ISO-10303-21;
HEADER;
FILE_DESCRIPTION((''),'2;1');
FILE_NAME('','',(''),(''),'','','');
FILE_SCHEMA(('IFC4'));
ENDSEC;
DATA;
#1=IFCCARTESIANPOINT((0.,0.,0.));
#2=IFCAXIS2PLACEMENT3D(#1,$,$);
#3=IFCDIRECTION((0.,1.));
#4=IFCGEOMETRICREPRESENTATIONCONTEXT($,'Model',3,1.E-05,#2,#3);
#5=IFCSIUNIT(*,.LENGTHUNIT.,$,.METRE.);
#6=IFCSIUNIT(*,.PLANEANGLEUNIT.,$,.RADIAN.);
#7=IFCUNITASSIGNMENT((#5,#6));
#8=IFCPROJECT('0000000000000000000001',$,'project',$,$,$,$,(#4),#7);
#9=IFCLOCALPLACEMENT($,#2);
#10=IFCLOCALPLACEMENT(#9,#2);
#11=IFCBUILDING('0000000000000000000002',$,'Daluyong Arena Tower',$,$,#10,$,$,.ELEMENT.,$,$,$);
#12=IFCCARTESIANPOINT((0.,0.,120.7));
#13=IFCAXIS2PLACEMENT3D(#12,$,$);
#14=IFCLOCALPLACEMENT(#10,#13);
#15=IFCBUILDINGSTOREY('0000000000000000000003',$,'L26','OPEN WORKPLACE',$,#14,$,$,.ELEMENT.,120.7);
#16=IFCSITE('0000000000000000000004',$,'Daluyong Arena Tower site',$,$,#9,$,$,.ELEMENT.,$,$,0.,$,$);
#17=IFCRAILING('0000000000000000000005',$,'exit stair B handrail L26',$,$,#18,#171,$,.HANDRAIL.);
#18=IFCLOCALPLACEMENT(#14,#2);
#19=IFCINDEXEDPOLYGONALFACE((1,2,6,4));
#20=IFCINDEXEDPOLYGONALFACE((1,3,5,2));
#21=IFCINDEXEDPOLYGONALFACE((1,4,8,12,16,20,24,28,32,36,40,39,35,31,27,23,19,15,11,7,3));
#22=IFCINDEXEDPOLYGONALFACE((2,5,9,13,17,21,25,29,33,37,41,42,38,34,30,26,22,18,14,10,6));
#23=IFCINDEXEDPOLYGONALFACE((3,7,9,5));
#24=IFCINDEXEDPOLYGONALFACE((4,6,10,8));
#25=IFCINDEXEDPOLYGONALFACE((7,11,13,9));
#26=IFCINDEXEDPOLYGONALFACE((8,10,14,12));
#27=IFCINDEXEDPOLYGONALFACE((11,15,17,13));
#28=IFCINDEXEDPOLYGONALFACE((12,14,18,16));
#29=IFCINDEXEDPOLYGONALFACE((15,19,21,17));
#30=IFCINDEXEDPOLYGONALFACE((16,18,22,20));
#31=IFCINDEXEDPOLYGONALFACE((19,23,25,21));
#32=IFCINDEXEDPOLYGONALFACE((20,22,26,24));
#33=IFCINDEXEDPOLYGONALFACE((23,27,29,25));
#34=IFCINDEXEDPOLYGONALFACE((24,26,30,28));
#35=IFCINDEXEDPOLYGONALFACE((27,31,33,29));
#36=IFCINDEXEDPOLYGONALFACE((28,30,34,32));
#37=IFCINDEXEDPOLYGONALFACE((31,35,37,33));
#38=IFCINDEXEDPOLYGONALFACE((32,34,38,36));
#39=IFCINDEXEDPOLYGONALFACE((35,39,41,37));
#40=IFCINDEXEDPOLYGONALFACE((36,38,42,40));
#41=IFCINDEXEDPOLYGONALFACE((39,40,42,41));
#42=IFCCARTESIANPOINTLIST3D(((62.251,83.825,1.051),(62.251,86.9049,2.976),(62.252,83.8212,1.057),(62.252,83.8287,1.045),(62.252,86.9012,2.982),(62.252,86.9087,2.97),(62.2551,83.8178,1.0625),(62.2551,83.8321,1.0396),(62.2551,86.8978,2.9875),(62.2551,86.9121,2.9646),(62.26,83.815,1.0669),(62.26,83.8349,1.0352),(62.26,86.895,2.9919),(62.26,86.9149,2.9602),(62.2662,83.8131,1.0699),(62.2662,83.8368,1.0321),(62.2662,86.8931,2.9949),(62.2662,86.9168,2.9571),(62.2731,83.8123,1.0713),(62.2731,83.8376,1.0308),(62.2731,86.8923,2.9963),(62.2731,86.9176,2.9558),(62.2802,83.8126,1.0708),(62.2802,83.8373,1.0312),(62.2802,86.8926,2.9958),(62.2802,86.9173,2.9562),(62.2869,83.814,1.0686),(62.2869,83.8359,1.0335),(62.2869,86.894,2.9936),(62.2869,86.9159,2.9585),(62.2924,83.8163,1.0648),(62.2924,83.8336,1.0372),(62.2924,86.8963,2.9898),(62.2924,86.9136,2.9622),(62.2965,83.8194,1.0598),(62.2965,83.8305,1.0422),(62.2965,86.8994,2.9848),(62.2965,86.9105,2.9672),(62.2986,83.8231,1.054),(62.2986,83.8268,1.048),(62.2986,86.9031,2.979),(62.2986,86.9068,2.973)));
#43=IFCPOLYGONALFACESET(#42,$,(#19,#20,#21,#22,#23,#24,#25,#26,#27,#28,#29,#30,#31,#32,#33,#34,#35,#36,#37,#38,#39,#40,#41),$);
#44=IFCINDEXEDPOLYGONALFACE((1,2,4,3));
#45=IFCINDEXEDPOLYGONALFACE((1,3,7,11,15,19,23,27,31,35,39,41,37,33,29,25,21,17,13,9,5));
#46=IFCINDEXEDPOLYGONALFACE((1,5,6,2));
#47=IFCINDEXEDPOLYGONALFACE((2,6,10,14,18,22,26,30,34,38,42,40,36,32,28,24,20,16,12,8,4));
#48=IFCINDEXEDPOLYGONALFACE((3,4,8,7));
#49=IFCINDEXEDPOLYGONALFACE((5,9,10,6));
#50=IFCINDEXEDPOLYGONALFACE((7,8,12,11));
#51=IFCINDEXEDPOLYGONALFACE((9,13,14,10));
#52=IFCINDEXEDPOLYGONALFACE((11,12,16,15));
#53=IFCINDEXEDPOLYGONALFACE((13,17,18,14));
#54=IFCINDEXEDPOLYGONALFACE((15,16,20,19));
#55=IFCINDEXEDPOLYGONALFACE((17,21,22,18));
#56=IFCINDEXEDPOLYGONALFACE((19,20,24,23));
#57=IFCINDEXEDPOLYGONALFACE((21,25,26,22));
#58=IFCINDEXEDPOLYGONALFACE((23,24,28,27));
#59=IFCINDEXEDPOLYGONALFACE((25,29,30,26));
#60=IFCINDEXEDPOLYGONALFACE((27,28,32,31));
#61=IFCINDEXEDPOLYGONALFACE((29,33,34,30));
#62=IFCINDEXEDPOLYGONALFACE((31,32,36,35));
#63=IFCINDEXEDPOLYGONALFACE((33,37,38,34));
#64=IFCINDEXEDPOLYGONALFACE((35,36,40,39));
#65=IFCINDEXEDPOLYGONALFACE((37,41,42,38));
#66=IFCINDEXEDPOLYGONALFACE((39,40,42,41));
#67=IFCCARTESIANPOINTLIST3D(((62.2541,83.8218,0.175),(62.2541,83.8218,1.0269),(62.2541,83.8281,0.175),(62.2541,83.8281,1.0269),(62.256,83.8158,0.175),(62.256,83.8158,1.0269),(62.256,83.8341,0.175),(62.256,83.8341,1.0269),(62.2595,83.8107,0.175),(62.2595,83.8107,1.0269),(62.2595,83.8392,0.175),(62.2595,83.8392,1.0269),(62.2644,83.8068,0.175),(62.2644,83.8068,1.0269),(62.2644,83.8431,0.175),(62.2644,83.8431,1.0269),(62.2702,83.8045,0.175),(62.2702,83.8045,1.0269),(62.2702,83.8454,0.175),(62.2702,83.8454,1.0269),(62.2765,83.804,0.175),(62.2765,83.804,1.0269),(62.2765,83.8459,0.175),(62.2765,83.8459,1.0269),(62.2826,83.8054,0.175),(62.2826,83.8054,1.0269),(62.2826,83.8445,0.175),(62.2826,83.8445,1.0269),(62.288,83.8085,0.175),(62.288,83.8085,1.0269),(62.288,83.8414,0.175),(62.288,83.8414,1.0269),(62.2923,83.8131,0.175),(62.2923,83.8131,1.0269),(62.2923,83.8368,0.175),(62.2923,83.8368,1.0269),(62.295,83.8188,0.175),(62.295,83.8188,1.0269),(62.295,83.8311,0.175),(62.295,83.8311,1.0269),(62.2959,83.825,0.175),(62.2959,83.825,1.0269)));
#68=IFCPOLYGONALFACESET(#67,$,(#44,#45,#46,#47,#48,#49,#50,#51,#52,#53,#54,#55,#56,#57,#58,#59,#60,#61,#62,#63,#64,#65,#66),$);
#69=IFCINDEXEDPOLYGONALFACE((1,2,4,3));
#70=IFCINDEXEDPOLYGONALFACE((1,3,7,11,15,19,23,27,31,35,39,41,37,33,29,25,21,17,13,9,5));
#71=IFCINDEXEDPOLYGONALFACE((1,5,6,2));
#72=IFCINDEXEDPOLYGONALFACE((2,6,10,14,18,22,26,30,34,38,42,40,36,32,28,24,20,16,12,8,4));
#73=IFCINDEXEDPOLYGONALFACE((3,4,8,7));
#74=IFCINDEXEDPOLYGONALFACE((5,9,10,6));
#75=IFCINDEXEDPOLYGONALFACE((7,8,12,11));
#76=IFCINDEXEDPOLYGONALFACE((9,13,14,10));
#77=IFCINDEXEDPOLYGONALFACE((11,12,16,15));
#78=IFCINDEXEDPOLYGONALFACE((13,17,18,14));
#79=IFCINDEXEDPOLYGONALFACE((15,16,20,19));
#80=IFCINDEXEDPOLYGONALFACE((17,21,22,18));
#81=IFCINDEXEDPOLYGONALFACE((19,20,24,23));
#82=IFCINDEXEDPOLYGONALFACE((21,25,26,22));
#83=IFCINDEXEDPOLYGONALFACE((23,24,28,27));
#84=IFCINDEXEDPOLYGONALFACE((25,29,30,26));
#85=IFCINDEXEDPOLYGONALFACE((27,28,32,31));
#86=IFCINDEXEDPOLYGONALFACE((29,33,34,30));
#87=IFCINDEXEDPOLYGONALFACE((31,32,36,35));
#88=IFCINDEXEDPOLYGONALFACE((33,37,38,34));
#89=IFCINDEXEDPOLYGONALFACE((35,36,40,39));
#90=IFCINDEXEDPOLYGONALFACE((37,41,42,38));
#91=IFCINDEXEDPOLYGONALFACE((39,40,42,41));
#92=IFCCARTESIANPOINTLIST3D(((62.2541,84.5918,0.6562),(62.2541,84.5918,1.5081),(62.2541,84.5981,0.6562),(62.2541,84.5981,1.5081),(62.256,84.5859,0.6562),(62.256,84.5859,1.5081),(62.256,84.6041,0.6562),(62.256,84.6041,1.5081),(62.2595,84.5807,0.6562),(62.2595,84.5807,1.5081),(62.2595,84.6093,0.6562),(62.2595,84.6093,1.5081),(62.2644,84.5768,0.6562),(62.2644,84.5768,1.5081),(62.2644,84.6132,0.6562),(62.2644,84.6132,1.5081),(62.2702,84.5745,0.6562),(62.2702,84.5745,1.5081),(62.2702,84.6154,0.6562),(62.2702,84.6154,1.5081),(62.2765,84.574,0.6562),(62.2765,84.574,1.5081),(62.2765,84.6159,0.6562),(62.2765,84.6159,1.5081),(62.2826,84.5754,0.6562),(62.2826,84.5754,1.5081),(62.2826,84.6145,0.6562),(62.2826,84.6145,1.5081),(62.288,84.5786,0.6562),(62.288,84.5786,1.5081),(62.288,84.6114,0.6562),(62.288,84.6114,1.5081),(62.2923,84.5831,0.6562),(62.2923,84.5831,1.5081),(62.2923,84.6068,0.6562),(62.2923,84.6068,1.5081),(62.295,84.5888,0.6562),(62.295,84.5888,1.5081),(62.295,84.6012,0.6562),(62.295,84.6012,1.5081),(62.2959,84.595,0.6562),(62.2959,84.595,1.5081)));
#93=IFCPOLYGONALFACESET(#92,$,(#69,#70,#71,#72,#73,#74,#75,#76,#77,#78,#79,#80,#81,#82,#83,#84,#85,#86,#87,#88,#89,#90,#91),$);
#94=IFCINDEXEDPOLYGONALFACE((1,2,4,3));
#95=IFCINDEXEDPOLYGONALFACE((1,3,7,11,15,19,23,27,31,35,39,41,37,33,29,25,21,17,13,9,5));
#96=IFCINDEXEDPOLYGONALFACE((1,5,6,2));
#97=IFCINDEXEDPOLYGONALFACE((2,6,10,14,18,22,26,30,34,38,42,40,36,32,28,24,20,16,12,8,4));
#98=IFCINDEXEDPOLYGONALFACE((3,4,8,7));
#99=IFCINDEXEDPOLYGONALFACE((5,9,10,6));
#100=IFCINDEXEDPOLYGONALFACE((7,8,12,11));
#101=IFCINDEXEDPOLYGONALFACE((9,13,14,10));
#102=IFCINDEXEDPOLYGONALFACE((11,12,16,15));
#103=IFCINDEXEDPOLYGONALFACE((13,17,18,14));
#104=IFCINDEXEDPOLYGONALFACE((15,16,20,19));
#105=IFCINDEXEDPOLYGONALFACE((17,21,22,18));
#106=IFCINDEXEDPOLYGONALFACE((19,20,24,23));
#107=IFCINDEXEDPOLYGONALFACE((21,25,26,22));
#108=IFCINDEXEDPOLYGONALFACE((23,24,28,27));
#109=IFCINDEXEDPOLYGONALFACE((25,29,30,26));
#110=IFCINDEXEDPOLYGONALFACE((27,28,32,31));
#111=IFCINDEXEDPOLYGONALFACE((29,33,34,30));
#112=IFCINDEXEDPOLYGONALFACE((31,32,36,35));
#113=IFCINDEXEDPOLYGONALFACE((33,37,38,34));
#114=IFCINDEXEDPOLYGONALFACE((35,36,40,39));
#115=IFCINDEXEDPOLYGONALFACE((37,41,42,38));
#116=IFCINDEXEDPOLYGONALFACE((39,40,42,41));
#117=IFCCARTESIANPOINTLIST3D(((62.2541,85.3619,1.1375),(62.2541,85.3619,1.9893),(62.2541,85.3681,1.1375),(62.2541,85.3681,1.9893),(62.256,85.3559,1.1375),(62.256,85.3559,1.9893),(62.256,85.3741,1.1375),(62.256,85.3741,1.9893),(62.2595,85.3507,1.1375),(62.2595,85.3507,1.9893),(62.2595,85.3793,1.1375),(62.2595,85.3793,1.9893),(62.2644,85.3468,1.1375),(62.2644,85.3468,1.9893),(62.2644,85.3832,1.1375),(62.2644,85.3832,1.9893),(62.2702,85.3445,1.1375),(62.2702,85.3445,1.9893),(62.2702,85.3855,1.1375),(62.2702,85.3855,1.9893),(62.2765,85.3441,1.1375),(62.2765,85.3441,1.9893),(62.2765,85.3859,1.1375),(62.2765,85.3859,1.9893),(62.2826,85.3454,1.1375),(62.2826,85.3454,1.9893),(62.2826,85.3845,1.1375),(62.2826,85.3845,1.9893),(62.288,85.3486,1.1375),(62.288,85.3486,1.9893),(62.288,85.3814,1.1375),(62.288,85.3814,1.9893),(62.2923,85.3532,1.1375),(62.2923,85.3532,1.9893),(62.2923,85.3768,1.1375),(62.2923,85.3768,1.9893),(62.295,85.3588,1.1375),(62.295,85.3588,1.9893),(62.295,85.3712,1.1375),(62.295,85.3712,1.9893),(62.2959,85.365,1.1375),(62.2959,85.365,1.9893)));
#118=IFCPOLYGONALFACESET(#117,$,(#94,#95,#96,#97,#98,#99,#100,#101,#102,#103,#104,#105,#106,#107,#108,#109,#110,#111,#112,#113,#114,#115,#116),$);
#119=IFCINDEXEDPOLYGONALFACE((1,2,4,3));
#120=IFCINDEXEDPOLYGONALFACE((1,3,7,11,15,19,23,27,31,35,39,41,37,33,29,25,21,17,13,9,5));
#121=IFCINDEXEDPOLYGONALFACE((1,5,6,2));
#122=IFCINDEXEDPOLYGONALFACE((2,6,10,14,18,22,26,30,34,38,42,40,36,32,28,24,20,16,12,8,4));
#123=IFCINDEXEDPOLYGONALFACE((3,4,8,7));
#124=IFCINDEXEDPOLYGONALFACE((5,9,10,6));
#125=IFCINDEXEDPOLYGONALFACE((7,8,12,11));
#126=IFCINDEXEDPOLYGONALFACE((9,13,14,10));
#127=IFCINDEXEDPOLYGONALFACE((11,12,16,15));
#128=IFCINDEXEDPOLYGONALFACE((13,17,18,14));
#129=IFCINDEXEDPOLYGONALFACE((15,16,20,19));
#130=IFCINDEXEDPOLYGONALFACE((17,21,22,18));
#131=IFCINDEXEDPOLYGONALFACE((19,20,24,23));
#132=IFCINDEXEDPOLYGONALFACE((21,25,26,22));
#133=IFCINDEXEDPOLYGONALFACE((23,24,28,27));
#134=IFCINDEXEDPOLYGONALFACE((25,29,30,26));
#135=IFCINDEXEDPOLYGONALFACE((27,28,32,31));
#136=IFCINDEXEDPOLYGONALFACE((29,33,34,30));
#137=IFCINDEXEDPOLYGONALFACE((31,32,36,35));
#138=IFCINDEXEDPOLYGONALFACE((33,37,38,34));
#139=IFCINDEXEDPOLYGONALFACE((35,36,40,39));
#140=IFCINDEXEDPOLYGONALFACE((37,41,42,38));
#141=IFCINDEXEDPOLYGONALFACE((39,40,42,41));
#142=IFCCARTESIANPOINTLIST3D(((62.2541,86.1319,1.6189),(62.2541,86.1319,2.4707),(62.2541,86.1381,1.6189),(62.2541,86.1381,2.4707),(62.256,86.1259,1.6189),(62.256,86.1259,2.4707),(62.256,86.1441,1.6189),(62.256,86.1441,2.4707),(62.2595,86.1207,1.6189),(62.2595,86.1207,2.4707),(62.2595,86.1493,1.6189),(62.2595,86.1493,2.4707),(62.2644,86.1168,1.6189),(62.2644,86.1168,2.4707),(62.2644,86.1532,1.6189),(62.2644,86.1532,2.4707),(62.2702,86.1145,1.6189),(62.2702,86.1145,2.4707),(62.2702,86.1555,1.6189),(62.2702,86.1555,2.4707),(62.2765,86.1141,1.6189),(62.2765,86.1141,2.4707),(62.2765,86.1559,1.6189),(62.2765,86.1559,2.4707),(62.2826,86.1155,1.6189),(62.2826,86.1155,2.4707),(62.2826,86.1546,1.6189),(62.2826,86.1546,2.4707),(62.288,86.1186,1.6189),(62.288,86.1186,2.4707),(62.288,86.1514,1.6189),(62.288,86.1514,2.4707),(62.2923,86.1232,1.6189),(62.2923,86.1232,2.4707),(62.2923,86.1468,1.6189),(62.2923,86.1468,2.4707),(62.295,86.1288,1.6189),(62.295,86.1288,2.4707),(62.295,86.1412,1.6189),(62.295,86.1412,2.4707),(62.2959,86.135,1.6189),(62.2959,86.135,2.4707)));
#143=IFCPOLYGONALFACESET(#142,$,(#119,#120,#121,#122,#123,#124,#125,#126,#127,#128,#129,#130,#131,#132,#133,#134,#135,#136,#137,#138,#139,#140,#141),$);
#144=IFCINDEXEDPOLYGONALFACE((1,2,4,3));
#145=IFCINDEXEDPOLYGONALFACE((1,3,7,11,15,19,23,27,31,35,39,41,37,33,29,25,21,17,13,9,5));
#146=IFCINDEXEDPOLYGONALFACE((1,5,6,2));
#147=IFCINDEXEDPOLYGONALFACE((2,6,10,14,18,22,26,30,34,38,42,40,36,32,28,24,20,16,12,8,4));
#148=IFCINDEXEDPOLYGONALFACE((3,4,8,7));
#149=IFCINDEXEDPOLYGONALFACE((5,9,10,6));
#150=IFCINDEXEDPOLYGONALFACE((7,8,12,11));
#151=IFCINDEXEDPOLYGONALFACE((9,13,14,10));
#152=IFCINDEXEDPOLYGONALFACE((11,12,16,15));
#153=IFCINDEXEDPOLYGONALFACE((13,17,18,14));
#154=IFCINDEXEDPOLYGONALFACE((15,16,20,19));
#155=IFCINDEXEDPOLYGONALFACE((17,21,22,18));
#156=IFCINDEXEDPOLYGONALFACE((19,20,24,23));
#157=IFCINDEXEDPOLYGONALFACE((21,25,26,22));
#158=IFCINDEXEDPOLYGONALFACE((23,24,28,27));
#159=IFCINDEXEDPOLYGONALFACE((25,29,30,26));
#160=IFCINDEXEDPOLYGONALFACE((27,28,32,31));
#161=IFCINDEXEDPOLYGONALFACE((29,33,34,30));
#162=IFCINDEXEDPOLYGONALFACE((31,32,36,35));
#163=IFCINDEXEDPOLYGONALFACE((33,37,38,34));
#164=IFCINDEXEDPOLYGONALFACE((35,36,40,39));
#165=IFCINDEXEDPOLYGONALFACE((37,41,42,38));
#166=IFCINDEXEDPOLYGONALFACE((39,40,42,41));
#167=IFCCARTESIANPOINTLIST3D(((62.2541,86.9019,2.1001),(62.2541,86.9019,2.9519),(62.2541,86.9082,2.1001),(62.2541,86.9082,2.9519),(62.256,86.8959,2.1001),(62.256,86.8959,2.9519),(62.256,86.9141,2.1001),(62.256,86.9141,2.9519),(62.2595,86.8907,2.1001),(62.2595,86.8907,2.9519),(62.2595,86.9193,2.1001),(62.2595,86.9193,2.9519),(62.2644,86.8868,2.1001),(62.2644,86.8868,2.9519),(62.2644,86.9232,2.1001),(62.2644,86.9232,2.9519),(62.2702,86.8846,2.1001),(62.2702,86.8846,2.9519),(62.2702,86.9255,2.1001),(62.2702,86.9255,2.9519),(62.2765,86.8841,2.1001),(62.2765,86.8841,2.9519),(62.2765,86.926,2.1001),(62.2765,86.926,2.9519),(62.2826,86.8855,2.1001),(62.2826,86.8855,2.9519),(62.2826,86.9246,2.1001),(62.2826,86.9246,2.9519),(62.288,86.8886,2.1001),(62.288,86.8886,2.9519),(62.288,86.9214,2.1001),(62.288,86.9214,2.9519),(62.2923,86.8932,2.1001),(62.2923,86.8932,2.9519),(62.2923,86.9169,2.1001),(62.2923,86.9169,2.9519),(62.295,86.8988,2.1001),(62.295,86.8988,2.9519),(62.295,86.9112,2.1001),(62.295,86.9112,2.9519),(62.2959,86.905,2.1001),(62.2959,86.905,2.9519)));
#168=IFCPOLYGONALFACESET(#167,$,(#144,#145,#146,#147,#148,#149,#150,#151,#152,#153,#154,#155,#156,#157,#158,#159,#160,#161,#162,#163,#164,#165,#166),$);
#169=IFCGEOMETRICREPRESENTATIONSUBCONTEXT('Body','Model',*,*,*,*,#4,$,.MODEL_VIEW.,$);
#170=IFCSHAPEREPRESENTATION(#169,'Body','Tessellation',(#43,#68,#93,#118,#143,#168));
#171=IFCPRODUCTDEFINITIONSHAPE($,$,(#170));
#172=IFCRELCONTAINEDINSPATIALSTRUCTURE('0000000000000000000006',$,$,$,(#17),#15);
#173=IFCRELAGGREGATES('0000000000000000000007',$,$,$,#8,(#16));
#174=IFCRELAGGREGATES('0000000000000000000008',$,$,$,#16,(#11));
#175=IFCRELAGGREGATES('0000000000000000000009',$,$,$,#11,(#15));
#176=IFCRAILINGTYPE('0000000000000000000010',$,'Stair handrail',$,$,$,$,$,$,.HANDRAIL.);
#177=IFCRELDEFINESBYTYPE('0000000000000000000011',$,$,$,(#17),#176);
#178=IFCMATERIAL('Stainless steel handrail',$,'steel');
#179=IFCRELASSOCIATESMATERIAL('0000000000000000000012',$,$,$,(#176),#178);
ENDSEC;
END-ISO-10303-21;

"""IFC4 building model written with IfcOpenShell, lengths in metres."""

from ifc_helpers import new_model, si_unit, direction, frame, origin, origin_2d, place, context, subcontext, project, spatial, circle, extrude, material, type_object, element, save


model = new_model("IFC4")

# Units and contexts
model_context = context("Model", 3, precision=1e-05, world=origin(), true_north=direction((0.0, 1.0)))
body_context = subcontext(model_context, "Body", "Model", "MODEL_VIEW")
ifc_project = project(units=[si_unit("LENGTHUNIT", "METRE"), si_unit("PLANEANGLEUNIT", "RADIAN")], contexts=[model_context])

# Site, building, storey
site_placement = place(None, origin())
site = spatial("IfcSite", under=ifc_project, at=site_placement, Name="Daluyong Arena Tower site", CompositionType="ELEMENT", RefElevation=0.0)
building_placement = place(site_placement, origin())
building = spatial("IfcBuilding", under=site, at=building_placement, Name="Daluyong Arena Tower", CompositionType="ELEMENT")
storey_placement = place(building_placement, frame((0.0, 0.0, 120.7)))
storey = spatial("IfcBuildingStorey", under=building, at=storey_placement, Name="L26", Description="OPEN WORKPLACE", CompositionType="ELEMENT", Elevation=120.7)

# Railing
ifc_material_1 = material(Name="Stainless steel handrail", Category="steel")
railing_type_1 = type_object("IfcRailingType", Name="Stair handrail", PredefinedType="HANDRAIL", material=ifc_material_1)
railing_1_placement = place(storey_placement, frame((62.2749, 83.825, 0.175)))
element("IfcRailing", 1, at=railing_1_placement, inside=storey, type_object=railing_type_1, Name="exit stair B handrail L26", PredefinedType="HANDRAIL", context=body_context, shape_type="SweptSolid", body=[
    extrude(circle(Radius=0.0239, at=origin_2d()), frame((0.0, 0.0, 0.876), z_axis=(0.0, 0.847998, 0.529999), x_axis=(-1.0, 0.0, 0.0)), (0.0, 0.0, 1.0), 3.6321),
    extrude(circle(Radius=0.021, at=origin_2d()), origin(), (0.0, 0.0, 1.0), 0.8518),
    extrude(circle(Radius=0.021, at=origin_2d()), frame((0.0, 0.77, 0.4812)), (0.0, 0.0, 1.0), 0.8518),
    extrude(circle(Radius=0.021, at=origin_2d()), frame((0.0, 1.54, 0.9624)), (0.0, 0.0, 1.0), 0.8518),
    extrude(circle(Radius=0.021, at=origin_2d()), frame((0.0, 2.3101, 1.4438)), (0.0, 0.0, 1.0), 0.8518),
    extrude(circle(Radius=0.021, at=origin_2d()), frame((0.0, 3.0801, 1.925)), (0.0, 0.0, 1.0), 0.8518),
])

save(model, "model.ifc")
